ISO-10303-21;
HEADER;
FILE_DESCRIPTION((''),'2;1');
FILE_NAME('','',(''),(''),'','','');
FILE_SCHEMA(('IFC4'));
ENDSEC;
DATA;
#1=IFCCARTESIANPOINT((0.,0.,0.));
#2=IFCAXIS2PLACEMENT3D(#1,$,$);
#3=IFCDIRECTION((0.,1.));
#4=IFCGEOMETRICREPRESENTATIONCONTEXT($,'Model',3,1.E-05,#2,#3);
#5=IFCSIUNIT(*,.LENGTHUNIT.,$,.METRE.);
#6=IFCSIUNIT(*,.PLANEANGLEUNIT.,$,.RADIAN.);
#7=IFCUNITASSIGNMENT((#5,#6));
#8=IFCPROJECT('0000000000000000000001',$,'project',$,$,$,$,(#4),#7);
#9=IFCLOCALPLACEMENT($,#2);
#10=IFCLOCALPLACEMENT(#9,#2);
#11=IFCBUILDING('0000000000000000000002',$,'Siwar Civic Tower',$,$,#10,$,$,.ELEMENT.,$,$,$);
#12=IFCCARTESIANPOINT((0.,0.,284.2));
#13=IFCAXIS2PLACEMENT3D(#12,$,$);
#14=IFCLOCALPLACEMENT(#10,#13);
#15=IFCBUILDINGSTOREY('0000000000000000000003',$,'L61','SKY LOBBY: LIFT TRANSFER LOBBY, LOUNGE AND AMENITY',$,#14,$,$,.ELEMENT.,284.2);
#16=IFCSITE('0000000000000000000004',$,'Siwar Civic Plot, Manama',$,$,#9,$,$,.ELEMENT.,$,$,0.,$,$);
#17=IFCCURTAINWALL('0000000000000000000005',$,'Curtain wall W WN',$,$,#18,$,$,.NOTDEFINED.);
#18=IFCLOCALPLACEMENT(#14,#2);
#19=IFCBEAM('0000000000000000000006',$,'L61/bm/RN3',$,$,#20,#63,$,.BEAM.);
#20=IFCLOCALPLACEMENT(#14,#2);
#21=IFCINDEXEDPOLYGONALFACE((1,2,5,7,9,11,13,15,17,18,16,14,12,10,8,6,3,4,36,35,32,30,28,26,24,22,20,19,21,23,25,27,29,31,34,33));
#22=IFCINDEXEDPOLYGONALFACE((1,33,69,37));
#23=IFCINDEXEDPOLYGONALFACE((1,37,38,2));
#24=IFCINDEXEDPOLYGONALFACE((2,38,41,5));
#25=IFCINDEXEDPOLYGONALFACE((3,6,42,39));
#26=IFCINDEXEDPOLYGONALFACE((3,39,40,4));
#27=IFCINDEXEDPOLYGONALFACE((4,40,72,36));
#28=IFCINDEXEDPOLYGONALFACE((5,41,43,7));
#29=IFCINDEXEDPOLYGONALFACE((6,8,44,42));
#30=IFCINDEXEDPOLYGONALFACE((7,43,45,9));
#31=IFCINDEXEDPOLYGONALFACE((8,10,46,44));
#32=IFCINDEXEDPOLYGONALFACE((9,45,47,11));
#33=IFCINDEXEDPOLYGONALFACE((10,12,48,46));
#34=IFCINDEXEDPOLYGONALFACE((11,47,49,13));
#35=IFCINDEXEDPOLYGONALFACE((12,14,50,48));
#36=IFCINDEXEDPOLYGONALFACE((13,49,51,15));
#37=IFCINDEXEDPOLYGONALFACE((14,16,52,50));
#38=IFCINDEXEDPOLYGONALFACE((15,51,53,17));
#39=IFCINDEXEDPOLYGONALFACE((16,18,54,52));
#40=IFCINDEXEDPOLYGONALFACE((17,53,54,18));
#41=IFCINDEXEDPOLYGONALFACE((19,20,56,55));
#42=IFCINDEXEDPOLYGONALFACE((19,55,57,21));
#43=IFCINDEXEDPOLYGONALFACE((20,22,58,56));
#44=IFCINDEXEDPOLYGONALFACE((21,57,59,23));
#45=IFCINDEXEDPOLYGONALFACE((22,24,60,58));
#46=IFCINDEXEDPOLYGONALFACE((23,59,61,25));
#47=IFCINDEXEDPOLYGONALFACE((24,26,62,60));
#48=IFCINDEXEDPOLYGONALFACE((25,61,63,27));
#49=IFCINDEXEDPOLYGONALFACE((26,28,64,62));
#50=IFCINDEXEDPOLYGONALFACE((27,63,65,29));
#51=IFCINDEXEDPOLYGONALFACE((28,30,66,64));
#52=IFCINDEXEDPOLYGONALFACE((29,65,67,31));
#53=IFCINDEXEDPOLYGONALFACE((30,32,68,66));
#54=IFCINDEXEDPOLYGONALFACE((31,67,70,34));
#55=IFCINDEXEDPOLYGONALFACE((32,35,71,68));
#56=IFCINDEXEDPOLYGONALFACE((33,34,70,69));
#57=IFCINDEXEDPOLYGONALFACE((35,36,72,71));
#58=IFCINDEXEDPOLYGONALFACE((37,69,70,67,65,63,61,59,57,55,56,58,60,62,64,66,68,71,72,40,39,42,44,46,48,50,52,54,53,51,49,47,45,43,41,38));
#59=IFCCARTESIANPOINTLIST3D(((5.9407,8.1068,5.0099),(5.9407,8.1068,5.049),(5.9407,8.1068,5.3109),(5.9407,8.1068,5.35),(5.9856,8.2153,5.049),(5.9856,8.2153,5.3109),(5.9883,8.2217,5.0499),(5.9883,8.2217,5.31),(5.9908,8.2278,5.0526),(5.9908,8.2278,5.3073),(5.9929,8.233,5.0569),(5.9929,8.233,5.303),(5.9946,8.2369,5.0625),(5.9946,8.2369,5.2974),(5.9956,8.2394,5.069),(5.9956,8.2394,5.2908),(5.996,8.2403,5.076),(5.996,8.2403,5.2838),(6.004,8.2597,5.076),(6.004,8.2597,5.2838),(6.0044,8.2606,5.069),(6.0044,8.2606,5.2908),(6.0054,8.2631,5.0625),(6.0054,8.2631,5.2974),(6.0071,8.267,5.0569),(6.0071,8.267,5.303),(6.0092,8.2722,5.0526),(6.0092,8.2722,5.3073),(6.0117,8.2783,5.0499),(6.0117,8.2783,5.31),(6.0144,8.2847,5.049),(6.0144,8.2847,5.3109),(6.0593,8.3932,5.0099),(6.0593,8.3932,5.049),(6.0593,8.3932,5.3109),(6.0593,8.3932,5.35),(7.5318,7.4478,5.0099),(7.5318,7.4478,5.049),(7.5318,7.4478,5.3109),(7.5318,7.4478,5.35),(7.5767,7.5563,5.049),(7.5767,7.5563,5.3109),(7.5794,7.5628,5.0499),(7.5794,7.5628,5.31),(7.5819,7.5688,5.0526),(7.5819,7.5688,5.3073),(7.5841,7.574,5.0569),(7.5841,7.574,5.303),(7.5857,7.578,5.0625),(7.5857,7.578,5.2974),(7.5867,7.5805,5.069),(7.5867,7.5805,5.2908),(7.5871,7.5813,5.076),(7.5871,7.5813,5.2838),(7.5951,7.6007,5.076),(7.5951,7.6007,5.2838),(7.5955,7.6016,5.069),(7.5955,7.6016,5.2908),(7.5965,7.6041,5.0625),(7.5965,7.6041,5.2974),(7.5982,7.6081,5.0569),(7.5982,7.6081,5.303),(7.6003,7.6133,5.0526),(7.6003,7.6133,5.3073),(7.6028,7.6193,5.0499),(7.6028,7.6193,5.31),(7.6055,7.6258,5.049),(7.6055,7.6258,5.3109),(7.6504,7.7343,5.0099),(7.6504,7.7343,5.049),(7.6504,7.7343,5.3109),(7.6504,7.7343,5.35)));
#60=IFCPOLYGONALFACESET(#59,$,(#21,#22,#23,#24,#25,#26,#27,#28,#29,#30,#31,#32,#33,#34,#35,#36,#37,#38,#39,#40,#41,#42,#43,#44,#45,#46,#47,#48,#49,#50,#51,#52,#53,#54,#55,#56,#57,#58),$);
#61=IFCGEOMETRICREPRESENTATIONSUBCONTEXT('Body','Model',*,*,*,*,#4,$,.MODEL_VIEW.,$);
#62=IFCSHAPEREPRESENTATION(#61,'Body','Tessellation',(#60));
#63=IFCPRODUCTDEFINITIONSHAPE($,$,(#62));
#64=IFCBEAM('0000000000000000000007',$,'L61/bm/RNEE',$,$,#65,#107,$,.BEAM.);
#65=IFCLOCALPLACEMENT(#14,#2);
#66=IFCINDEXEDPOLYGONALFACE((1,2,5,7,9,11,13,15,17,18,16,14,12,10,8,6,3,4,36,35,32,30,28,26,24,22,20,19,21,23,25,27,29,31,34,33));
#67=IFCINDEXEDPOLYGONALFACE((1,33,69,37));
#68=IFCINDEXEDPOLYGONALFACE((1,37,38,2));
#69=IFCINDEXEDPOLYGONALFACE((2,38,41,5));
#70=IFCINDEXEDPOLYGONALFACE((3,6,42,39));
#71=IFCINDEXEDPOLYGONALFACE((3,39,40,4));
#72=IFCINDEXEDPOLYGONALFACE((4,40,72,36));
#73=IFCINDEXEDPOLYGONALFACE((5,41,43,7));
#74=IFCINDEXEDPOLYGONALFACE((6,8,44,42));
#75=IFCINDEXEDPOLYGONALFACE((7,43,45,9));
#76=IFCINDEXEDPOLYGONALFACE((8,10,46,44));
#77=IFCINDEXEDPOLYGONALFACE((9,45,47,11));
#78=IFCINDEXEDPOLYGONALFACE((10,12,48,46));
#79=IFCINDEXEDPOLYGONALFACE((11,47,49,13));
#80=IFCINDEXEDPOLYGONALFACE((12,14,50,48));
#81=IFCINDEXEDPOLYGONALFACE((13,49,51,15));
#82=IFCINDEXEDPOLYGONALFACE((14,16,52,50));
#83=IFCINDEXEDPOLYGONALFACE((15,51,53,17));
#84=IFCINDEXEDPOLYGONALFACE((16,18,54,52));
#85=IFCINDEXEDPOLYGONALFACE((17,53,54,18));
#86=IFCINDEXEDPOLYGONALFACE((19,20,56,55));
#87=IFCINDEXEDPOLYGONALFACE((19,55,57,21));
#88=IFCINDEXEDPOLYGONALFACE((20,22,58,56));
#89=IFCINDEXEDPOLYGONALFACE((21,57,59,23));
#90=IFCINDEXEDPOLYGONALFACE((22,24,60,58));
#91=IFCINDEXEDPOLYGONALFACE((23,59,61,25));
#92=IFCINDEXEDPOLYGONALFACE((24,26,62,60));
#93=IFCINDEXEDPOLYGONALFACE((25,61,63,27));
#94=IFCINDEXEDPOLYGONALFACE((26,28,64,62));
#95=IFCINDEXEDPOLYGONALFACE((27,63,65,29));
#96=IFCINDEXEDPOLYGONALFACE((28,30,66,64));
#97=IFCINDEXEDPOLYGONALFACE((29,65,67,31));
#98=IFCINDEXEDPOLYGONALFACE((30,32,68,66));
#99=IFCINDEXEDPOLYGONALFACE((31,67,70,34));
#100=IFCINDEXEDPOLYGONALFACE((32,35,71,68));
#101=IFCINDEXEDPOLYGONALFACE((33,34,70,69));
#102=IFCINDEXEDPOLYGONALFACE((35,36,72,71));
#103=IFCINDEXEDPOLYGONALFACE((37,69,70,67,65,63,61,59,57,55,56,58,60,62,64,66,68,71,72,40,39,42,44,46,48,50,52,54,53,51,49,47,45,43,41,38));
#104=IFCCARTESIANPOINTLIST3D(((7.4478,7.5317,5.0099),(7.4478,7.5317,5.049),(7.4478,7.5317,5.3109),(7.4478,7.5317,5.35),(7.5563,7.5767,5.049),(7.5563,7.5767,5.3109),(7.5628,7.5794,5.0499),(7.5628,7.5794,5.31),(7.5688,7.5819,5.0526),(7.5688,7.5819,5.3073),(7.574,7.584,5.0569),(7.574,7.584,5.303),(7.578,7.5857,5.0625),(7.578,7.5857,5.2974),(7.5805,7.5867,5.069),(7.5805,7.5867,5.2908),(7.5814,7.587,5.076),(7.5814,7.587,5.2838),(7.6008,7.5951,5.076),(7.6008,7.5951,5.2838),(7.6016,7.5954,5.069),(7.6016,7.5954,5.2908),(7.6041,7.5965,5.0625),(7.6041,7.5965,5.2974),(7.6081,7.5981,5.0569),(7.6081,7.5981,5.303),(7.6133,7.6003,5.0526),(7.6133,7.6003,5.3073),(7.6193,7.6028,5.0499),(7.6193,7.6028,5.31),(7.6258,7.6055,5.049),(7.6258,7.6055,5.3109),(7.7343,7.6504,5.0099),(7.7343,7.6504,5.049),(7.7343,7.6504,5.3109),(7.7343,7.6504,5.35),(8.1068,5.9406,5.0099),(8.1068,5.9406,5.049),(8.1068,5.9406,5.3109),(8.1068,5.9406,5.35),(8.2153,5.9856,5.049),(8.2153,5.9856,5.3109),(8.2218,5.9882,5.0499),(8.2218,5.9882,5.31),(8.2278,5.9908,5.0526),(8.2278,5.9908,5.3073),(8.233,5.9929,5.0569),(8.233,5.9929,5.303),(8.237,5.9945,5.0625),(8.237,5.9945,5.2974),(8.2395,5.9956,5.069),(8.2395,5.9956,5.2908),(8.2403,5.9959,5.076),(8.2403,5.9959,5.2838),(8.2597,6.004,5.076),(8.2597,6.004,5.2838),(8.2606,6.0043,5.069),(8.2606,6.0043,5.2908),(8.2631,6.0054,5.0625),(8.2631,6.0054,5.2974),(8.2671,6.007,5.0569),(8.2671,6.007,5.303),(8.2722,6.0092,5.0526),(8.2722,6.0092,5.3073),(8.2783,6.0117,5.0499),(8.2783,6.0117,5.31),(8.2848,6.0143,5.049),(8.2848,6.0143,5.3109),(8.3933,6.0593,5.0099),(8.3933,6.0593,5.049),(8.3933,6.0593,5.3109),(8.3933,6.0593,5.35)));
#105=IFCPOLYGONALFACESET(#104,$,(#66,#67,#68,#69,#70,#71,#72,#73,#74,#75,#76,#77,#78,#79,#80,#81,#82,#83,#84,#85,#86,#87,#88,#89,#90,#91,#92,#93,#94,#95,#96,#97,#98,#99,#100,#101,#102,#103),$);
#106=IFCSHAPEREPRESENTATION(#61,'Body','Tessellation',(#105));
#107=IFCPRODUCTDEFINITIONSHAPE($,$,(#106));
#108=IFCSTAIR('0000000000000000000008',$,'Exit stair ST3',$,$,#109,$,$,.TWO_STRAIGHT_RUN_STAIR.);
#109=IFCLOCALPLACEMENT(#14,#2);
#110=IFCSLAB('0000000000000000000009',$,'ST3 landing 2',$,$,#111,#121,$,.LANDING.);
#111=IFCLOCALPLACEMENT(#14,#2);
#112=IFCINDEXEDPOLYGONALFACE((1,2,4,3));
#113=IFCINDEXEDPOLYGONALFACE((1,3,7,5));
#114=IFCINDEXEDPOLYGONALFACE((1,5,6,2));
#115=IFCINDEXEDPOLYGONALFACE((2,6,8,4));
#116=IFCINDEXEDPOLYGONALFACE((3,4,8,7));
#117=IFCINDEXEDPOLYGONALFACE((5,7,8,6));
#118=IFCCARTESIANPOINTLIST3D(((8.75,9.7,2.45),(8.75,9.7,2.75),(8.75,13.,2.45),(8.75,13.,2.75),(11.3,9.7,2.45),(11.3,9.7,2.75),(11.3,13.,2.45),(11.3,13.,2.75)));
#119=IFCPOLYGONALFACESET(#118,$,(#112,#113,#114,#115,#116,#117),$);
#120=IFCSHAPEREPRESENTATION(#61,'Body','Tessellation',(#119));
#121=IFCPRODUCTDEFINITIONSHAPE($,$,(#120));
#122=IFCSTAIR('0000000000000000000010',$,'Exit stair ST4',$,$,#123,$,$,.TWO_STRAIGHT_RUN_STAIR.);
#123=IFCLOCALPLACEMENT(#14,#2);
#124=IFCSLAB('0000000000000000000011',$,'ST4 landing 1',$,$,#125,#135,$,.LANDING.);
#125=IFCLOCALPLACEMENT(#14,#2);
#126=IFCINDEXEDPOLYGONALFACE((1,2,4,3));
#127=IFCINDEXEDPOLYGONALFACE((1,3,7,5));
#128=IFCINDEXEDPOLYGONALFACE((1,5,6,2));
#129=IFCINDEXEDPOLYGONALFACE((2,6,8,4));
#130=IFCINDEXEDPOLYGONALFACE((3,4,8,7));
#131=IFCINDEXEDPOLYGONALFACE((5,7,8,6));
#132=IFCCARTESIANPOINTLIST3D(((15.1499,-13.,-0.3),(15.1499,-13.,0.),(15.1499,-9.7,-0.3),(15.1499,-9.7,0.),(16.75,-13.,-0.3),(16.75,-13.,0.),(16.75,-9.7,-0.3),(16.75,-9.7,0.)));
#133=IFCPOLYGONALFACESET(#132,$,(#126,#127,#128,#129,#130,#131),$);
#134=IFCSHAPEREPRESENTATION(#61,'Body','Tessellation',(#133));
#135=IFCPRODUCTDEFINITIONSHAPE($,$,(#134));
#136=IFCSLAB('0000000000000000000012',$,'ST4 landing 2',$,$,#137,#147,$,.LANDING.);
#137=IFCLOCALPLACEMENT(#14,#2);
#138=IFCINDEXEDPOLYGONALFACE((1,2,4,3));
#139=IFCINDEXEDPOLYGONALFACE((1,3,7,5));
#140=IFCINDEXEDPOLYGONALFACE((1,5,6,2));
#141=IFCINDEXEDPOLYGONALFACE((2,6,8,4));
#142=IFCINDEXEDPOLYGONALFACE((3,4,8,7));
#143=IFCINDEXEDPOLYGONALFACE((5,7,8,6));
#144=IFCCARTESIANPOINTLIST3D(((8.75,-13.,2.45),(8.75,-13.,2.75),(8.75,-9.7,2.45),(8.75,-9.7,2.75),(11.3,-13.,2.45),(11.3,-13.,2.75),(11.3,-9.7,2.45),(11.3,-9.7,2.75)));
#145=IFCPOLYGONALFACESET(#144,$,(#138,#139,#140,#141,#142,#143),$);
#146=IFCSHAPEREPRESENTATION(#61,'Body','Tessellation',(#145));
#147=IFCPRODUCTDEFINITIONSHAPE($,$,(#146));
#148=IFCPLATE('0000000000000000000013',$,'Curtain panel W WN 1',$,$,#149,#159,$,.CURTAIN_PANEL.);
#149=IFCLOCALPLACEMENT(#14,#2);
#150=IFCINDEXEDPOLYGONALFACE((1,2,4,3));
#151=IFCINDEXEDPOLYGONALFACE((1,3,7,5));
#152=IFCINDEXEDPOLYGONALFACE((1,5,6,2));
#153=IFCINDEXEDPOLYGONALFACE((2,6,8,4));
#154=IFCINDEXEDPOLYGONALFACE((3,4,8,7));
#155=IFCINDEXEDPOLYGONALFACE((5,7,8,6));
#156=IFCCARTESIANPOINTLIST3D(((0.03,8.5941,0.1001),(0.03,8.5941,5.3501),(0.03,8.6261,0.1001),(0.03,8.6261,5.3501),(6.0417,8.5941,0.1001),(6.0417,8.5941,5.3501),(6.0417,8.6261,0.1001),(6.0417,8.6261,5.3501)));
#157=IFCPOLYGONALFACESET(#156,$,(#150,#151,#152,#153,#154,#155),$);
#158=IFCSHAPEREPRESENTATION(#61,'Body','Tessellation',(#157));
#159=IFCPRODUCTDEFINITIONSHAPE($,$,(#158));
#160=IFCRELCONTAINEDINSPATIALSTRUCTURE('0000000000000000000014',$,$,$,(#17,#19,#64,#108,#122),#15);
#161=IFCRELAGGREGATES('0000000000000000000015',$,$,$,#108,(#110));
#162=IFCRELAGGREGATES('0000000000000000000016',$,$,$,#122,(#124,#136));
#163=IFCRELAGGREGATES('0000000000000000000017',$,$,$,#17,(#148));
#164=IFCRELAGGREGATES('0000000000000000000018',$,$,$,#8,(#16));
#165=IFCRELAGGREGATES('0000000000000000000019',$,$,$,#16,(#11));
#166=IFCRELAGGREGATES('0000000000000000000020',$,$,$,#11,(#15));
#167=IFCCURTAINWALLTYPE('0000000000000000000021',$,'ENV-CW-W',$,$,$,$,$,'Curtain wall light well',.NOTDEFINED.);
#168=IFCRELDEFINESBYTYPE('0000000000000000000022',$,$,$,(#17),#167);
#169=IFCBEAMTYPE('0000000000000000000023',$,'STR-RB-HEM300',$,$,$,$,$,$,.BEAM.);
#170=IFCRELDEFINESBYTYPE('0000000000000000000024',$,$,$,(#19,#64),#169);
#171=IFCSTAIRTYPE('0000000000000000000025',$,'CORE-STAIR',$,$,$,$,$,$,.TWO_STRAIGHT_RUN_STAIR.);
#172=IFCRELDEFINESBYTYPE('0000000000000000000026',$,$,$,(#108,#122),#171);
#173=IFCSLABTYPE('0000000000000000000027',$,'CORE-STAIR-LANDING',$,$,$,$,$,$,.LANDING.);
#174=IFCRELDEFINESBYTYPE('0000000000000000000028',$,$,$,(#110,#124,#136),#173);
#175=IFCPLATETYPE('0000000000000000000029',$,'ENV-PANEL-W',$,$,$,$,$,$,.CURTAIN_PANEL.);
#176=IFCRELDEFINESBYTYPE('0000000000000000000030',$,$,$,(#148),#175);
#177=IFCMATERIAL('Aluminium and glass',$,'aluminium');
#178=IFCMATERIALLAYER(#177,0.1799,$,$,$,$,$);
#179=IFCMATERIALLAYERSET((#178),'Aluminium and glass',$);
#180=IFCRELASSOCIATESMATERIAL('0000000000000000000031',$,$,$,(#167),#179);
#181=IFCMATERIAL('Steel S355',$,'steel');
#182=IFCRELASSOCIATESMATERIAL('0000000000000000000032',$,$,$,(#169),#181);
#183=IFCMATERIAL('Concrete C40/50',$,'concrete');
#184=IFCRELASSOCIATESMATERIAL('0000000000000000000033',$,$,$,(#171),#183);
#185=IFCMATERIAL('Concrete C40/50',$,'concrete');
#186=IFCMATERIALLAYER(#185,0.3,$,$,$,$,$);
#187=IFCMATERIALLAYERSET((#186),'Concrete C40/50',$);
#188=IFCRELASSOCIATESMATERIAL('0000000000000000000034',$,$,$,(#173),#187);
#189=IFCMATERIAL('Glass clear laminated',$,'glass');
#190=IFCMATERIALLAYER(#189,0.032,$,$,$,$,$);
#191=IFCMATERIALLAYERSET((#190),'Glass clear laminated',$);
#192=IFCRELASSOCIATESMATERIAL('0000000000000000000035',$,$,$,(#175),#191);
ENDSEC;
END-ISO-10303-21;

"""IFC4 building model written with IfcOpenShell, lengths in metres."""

from ifc_helpers import new_model, si_unit, direction, frame, origin, origin_2d, place, context, subcontext, project, spatial, polyline, rectangle, i_section, outline, extrude, material, layer, layer_set, material_profile, profile_set, type_object, element, aggregate, save


model = new_model("IFC4")

# Units and contexts
model_context = context("Model", 3, precision=1e-05, world=origin(), true_north=direction((0.0, 1.0)))
body_context = subcontext(model_context, "Body", "Model", "MODEL_VIEW")
ifc_project = project(units=[si_unit("LENGTHUNIT", "METRE"), si_unit("PLANEANGLEUNIT", "RADIAN")], contexts=[model_context])

# Site, building, storey
site_placement = place(None, origin())
site = spatial("IfcSite", under=ifc_project, at=site_placement, Name="Siwar Civic Plot, Manama", CompositionType="ELEMENT", RefElevation=0.0)
building_placement = place(site_placement, origin())
building = spatial("IfcBuilding", under=site, at=building_placement, Name="Siwar Civic Tower", CompositionType="ELEMENT")
storey_placement = place(building_placement, frame((0.0, 0.0, 284.2)))
storey = spatial("IfcBuildingStorey", under=building, at=storey_placement, Name="L61", Description="SKY LOBBY: LIFT TRANSFER LOBBY, LOUNGE AND AMENITY", CompositionType="ELEMENT", Elevation=284.2)

# Curtain wall
ifc_material_1 = material(Name="Aluminium and glass", Category="aluminium")
ifc_layer_1 = layer(ifc_material_1, 0.1799)
ifc_layer_set_1 = layer_set([ifc_layer_1], Name="Aluminium and glass")
curtain_wall_type = type_object("IfcCurtainWallType", Name="ENV-CW-W", ElementType="Curtain wall light well", PredefinedType="NOTDEFINED", material=ifc_layer_set_1)
curtain_wall_placement = place(storey_placement, origin())
curtain_wall = element("IfcCurtainWall", 1, at=curtain_wall_placement, inside=storey, type_object=curtain_wall_type, Name="Curtain wall W WN", PredefinedType="NOTDEFINED")

# Beams
ifc_material_2 = material(Name="Steel S355", Category="steel")
ifc_material_profile_1 = material_profile(ifc_material_2, i_section(OverallWidth=0.3101, OverallDepth=0.3401, WebThickness=0.021, FlangeThickness=0.0391, FilletRadius=0.0271, at=origin_2d()), Name="HEM300")
ifc_profile_set_1 = profile_set([ifc_material_profile_1], Name="Steel S355")
beam_type_1 = type_object("IfcBeamType", Name="STR-RB-HEM300", PredefinedType="BEAM", material=ifc_profile_set_1)
for number, where, z_axis, x_axis, name in (
    (2, (6.0, 8.25, 5.1799), (0.923901, -0.382631, 0.0), (0.382631, 0.923901, 0.0), "L61/bm/RN3"),
    (3, (7.5911, 7.5911, 5.1799), (0.382631, -0.923901, 0.0), (0.923901, 0.382631, 0.0), "L61/bm/RNEE"),
):
    element("IfcBeam", number, at=place(storey_placement, frame(where, z_axis=z_axis, x_axis=x_axis)), inside=storey, type_object=beam_type_1, Name=name, PredefinedType="BEAM", context=body_context, shape_type="SweptSolid", body=[
        extrude(i_section(OverallWidth=0.3101, OverallDepth=0.3401, WebThickness=0.021, FlangeThickness=0.0391, FilletRadius=0.0271, at=origin_2d()), origin(), (0.0, 0.0, 1.0), 1.7222),
    ])

# Stair, slab
ifc_material_3 = material(Name="Concrete C40/50", Category="concrete")
stair_type = type_object("IfcStairType", Name="CORE-STAIR", PredefinedType="TWO_STRAIGHT_RUN_STAIR", material=ifc_material_3)
stair_1_placement = place(storey_placement, origin())
stair_1 = element("IfcStair", 4, at=stair_1_placement, inside=storey, type_object=stair_type, Name="Exit stair ST3", PredefinedType="TWO_STRAIGHT_RUN_STAIR")
ifc_material_4 = material(Name="Concrete C40/50", Category="concrete")
ifc_layer_2 = layer(ifc_material_4, 0.3)
ifc_layer_set_2 = layer_set([ifc_layer_2], Name="Concrete C40/50")
slab_type_1 = type_object("IfcSlabType", Name="CORE-STAIR-LANDING", PredefinedType="LANDING", material=ifc_layer_set_2)
slab_1_placement = place(storey_placement, frame((0.0, 0.0, 2.45)))
slab_1 = element("IfcSlab", 5, at=slab_1_placement, type_object=slab_type_1, Name="ST3 landing 2", PredefinedType="LANDING", context=body_context, shape_type="SweptSolid", body=[
    extrude(outline(polyline([(8.75, 9.7), (11.3, 9.7), (11.3, 13.0), (8.75, 13.0), (8.75, 9.7)])), origin(), (0.0, 0.0, 1.0), 0.3),
])
aggregate(stair_1, [slab_1])

# Stair, slabs
stair_2_placement = place(storey_placement, origin())
stair_2 = element("IfcStair", 6, at=stair_2_placement, inside=storey, type_object=stair_type, Name="Exit stair ST4", PredefinedType="TWO_STRAIGHT_RUN_STAIR")
slab_2_placement = place(storey_placement, frame((0.0, 0.0, -0.3)))
slab_2 = element("IfcSlab", 7, at=slab_2_placement, type_object=slab_type_1, Name="ST4 landing 1", PredefinedType="LANDING", context=body_context, shape_type="SweptSolid", body=[
    extrude(outline(polyline([(15.1499, -13.0), (16.75, -13.0), (16.75, -9.7), (15.1499, -9.7), (15.1499, -13.0)])), origin(), (0.0, 0.0, 1.0), 0.3),
])
slab_3_placement = place(storey_placement, frame((0.0, 0.0, 2.45)))
slab_3 = element("IfcSlab", 8, at=slab_3_placement, type_object=slab_type_1, Name="ST4 landing 2", PredefinedType="LANDING", context=body_context, shape_type="SweptSolid", body=[
    extrude(outline(polyline([(8.75, -13.0), (11.3, -13.0), (11.3, -9.7), (8.75, -9.7), (8.75, -13.0)])), origin(), (0.0, 0.0, 1.0), 0.3),
])
aggregate(stair_2, [slab_2, slab_3])

# Plate
ifc_material_5 = material(Name="Glass clear laminated", Category="glass")
ifc_layer_3 = layer(ifc_material_5, 0.032)
ifc_layer_set_3 = layer_set([ifc_layer_3], Name="Glass clear laminated")
plate_type = type_object("IfcPlateType", Name="ENV-PANEL-W", PredefinedType="CURTAIN_PANEL", material=ifc_layer_set_3)
plate_placement = place(storey_placement, frame((3.0359, 8.6101, 0.1001), z_axis=(0.0, 0.0, 1.0), x_axis=(-1.0, 0.0, 0.0)))
plate = element("IfcPlate", 9, at=plate_placement, type_object=plate_type, Name="Curtain panel W WN 1", PredefinedType="CURTAIN_PANEL", context=body_context, shape_type="SweptSolid", body=[
    extrude(rectangle(XDim=6.0117, YDim=0.032, at=origin_2d()), origin(), (0.0, 0.0, 1.0), 5.25),
])
aggregate(curtain_wall, [plate])

save(model, "model.ifc")
